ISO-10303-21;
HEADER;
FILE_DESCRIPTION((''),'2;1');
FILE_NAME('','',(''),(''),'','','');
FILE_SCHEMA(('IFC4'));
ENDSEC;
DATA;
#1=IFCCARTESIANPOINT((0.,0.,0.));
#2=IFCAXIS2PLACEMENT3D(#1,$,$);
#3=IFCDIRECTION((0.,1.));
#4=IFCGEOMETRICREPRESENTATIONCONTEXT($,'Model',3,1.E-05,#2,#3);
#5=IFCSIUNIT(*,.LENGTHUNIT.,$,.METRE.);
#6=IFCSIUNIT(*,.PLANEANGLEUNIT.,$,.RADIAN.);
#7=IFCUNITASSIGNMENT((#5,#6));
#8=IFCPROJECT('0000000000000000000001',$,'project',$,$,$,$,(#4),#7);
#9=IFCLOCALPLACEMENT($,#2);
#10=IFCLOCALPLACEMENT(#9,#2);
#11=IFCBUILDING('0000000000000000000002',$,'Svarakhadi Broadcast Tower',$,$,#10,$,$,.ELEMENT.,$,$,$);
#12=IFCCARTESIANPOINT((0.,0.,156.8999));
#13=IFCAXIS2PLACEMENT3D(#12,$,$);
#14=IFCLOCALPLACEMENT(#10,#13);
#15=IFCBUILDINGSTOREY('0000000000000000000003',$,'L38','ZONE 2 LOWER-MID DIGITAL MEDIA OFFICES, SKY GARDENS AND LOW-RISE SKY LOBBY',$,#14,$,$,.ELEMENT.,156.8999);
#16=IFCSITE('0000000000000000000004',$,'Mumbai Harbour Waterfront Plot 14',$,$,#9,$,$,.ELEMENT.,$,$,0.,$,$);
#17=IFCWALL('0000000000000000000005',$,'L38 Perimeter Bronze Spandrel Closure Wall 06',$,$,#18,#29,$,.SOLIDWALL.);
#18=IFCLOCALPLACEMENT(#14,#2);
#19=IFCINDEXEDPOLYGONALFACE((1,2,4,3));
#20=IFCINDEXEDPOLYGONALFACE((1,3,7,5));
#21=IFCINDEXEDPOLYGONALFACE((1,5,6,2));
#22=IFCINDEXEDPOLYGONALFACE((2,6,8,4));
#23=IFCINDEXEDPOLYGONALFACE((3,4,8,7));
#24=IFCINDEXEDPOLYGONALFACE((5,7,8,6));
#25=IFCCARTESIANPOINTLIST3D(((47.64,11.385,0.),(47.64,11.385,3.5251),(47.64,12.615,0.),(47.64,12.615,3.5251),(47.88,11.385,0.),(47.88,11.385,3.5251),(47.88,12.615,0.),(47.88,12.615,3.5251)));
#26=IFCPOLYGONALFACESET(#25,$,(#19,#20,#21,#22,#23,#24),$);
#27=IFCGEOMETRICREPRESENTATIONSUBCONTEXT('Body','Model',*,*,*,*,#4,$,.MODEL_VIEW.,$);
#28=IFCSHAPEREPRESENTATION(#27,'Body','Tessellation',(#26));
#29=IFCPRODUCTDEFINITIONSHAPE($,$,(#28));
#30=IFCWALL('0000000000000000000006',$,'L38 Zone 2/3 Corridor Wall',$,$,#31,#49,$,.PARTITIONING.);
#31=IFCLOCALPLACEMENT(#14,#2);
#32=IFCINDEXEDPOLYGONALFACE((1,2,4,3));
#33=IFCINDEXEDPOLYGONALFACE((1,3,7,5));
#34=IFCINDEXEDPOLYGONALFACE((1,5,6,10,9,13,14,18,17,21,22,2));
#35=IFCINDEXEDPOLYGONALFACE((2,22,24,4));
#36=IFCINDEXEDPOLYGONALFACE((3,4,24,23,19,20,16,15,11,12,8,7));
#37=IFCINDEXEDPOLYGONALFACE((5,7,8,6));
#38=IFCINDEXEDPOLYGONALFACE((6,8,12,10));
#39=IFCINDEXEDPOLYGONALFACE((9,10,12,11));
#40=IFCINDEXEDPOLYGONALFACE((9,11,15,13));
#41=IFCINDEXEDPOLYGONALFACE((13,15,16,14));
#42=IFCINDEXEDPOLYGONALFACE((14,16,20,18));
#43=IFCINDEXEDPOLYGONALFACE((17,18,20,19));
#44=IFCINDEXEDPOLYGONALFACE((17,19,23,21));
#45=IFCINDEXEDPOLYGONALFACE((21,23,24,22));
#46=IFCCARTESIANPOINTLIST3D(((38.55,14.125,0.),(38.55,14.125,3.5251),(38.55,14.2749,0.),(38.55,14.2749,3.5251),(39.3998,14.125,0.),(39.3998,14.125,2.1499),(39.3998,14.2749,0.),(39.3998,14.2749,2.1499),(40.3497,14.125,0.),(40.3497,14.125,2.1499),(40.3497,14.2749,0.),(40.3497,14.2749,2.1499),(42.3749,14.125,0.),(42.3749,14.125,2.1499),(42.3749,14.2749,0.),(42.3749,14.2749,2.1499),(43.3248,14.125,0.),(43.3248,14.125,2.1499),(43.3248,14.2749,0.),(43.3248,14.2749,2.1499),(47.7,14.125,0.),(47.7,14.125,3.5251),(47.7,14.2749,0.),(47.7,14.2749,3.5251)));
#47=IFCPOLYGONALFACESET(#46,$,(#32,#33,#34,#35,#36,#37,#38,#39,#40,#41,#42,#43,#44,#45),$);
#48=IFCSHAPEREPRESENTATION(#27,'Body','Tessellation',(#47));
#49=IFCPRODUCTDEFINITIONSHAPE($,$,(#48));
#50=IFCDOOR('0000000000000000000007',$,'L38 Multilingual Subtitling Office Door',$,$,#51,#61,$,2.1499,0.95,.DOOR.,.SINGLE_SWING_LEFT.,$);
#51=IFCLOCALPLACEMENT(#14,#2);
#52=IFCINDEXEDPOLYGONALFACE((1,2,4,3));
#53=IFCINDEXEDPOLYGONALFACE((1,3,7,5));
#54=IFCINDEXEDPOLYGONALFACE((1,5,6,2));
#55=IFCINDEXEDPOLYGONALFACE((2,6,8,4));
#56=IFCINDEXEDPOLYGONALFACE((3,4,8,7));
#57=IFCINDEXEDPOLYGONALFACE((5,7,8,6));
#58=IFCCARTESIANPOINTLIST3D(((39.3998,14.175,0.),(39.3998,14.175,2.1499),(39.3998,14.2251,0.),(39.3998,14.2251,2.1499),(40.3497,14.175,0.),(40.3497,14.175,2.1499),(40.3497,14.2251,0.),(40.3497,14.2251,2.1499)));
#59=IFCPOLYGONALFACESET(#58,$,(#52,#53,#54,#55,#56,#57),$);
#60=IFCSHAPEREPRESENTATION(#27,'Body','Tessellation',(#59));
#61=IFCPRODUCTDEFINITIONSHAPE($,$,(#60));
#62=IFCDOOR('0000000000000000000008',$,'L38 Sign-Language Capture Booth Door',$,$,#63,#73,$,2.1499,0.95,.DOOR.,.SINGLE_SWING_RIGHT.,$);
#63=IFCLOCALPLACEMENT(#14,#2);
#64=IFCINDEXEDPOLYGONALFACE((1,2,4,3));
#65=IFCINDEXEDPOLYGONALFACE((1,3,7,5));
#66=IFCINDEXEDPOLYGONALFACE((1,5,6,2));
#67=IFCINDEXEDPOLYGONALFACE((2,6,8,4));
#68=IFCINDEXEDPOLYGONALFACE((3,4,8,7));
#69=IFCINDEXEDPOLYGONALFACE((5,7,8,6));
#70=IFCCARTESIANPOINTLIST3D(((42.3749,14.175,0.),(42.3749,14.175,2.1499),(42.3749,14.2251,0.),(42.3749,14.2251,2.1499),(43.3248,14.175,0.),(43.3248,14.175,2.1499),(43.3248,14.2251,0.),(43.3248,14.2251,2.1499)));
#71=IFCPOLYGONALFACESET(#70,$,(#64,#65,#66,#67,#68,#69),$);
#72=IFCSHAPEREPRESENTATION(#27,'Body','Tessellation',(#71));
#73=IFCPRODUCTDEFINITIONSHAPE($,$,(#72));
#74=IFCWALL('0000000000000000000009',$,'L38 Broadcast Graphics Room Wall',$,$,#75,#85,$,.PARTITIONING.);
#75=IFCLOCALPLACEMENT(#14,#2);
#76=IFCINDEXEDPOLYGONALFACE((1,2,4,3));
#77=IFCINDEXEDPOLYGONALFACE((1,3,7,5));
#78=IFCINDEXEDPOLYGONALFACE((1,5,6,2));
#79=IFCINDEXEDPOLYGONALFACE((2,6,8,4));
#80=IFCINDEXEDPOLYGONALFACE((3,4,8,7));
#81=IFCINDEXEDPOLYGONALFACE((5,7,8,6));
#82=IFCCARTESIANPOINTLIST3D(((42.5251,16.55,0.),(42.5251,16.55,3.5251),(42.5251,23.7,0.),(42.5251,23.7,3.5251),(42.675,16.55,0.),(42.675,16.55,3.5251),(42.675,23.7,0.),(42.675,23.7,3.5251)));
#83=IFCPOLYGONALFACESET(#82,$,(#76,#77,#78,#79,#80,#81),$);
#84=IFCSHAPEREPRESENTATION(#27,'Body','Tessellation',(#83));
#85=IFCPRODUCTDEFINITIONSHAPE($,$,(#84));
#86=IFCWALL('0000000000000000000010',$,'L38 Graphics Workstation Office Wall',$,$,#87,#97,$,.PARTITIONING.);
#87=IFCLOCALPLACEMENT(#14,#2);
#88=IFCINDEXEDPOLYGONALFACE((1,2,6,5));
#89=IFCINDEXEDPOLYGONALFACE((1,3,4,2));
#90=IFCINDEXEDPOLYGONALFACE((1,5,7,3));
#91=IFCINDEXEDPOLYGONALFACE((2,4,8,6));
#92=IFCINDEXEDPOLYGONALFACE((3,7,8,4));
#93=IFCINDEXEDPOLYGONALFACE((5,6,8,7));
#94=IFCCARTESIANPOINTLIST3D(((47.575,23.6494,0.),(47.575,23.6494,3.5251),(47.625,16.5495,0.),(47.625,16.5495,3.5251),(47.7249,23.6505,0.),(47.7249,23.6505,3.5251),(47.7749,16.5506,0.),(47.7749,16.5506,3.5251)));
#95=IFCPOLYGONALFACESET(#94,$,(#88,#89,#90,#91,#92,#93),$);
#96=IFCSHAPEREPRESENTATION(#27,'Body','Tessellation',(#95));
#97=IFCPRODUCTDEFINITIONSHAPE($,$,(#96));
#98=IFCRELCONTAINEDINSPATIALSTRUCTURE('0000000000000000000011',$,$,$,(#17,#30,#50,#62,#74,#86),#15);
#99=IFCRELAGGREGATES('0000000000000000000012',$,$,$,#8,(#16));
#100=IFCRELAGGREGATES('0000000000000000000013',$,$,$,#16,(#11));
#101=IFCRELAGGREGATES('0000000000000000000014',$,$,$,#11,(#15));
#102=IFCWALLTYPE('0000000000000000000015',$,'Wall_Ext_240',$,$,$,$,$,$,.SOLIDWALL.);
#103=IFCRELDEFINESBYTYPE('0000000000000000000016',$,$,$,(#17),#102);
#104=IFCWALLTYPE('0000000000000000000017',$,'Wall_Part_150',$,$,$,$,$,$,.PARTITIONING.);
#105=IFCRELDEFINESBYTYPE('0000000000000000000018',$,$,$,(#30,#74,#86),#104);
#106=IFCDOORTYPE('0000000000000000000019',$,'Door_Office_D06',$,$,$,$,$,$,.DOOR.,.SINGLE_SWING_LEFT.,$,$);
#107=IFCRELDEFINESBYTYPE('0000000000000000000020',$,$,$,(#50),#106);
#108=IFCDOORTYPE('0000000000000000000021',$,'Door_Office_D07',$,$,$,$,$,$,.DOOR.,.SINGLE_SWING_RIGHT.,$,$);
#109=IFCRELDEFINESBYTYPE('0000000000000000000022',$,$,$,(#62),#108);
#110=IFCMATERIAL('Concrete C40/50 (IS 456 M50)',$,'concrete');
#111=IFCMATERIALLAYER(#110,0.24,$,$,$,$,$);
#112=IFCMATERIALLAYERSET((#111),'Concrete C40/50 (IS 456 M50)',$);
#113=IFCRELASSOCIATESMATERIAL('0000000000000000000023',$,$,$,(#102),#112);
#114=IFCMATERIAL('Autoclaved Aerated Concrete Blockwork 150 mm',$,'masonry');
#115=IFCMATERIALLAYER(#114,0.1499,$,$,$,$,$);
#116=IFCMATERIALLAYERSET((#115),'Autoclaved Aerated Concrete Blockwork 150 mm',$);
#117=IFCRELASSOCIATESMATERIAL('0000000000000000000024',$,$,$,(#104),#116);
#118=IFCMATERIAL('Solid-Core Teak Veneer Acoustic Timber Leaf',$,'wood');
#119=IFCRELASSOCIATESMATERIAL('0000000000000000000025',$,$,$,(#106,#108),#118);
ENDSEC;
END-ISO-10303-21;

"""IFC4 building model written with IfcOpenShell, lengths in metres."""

from ifc_helpers import new_model, si_unit, direction, frame, frame_2d, origin, place, context, subcontext, project, spatial, rectangle, extrude, material, layer, layer_set, type_object, element, fill, save


model = new_model("IFC4")

# Units and contexts
model_context = context("Model", 3, precision=1e-05, world=origin(), true_north=direction((0.0, 1.0)))
body_context = subcontext(model_context, "Body", "Model", "MODEL_VIEW")
ifc_project = project(units=[si_unit("LENGTHUNIT", "METRE"), si_unit("PLANEANGLEUNIT", "RADIAN")], contexts=[model_context])

# Site, building, storey
site_placement = place(None, origin())
site = spatial("IfcSite", under=ifc_project, at=site_placement, Name="Mumbai Harbour Waterfront Plot 14", CompositionType="ELEMENT", RefElevation=0.0)
building_placement = place(site_placement, origin())
building = spatial("IfcBuilding", under=site, at=building_placement, Name="Svarakhadi Broadcast Tower", CompositionType="ELEMENT")
storey_placement = place(building_placement, frame((0.0, 0.0, 156.8999)))
storey = spatial("IfcBuildingStorey", under=building, at=storey_placement, Name="L38", Description="ZONE 2 LOWER-MID DIGITAL MEDIA OFFICES, SKY GARDENS AND LOW-RISE SKY LOBBY", CompositionType="ELEMENT", Elevation=156.8999)

# Wall
ifc_material_1 = material(Name="Concrete C40/50 (IS 456 M50)", Category="concrete")
ifc_layer_1 = layer(ifc_material_1, 0.24)
ifc_layer_set_1 = layer_set([ifc_layer_1], Name="Concrete C40/50 (IS 456 M50)")
wall_type_1 = type_object("IfcWallType", Name="Wall_Ext_240", PredefinedType="SOLIDWALL", material=ifc_layer_set_1)
wall_1_placement = place(storey_placement, frame((47.76, 12.615, 0.0), z_axis=(0.0, 0.0, 1.0), x_axis=(0.0, -1.0, 0.0)))
element("IfcWall", 1, at=wall_1_placement, inside=storey, type_object=wall_type_1, Name="L38 Perimeter Bronze Spandrel Closure Wall 06", PredefinedType="SOLIDWALL", context=body_context, shape_type="SweptSolid", body=[
    extrude(rectangle(XDim=1.23, YDim=0.24, at=frame_2d((0.615, 0.0))), origin(), (0.0, 0.0, 1.0), 3.5251),
])

# Wall, openings, doors
ifc_material_2 = material(Name="Autoclaved Aerated Concrete Blockwork 150 mm", Category="masonry")
ifc_layer_2 = layer(ifc_material_2, 0.1499)
ifc_layer_set_2 = layer_set([ifc_layer_2], Name="Autoclaved Aerated Concrete Blockwork 150 mm")
wall_type_2 = type_object("IfcWallType", Name="Wall_Part_150", PredefinedType="PARTITIONING", material=ifc_layer_set_2)
wall_2_placement = place(storey_placement, frame((47.7, 14.2, 0.0), z_axis=(0.0, 0.0, 1.0), x_axis=(-1.0, 0.0, 0.0)))
wall_2 = element("IfcWall", 2, at=wall_2_placement, inside=storey, type_object=wall_type_2, Name="L38 Zone 2/3 Corridor Wall", PredefinedType="PARTITIONING", context=body_context, shape_type="SweptSolid", body=[
    extrude(rectangle(XDim=9.1499, YDim=0.1499, at=frame_2d((4.575, 0.0))), origin(), (0.0, 0.0, 1.0), 3.5251),
])
opening_1_placement = place(wall_2_placement, frame((7.3501, 0.0, 0.0)))
opening_1 = element("IfcOpeningElement", 3, at=opening_1_placement, cuts=wall_2, PredefinedType="OPENING", context=body_context, shape_type="SweptSolid", body=[
    extrude(rectangle(XDim=0.95, YDim=2.1499, at=frame_2d((0.4751, 1.075))), frame((0.0, 0.085, 0.0), z_axis=(0.0, -1.0, 0.0), x_axis=(1.0, 0.0, 0.0)), (0.0, 0.0, 1.0), 0.1699),
])
opening_2_placement = place(wall_2_placement, frame((4.375, 0.0, 0.0)))
opening_2 = element("IfcOpeningElement", 4, at=opening_2_placement, cuts=wall_2, PredefinedType="OPENING", context=body_context, shape_type="SweptSolid", body=[
    extrude(rectangle(XDim=0.95, YDim=2.1499, at=frame_2d((0.4751, 1.075))), frame((0.0, 0.085, 0.0), z_axis=(0.0, -1.0, 0.0), x_axis=(1.0, 0.0, 0.0)), (0.0, 0.0, 1.0), 0.1699),
])
ifc_material_3 = material(Name="Solid-Core Teak Veneer Acoustic Timber Leaf", Category="wood")
door_type_1 = type_object("IfcDoorType", Name="Door_Office_D06", OperationType="SINGLE_SWING_LEFT", PredefinedType="DOOR", material=ifc_material_3)
door_1_placement = place(opening_1_placement, origin())
door_1 = element("IfcDoor", 5, at=door_1_placement, inside=storey, type_object=door_type_1, Name="L38 Multilingual Subtitling Office Door", OperationType="SINGLE_SWING_LEFT", OverallHeight=2.1499, OverallWidth=0.95, PredefinedType="DOOR", context=body_context, shape_type="SweptSolid", body=[
    extrude(rectangle(XDim=0.95, YDim=2.1499, at=frame_2d((0.4751, 1.075))), frame((0.0, 0.0249, 0.0), z_axis=(0.0, -1.0, 0.0), x_axis=(1.0, 0.0, 0.0)), (0.0, 0.0, 1.0), 0.05),
])
fill(opening_1, door_1)
door_type_2 = type_object("IfcDoorType", Name="Door_Office_D07", OperationType="SINGLE_SWING_RIGHT", PredefinedType="DOOR", material=ifc_material_3)
door_2_placement = place(opening_2_placement, origin())
door_2 = element("IfcDoor", 6, at=door_2_placement, inside=storey, type_object=door_type_2, Name="L38 Sign-Language Capture Booth Door", OperationType="SINGLE_SWING_RIGHT", OverallHeight=2.1499, OverallWidth=0.95, PredefinedType="DOOR", context=body_context, shape_type="SweptSolid", body=[
    extrude(rectangle(XDim=0.95, YDim=2.1499, at=frame_2d((0.4751, 1.075))), frame((0.0, 0.0249, 0.0), z_axis=(0.0, -1.0, 0.0), x_axis=(1.0, 0.0, 0.0)), (0.0, 0.0, 1.0), 0.05),
])
fill(opening_2, door_2)

# Walls
wall_3_placement = place(storey_placement, frame((42.6001, 16.55, 0.0), z_axis=(0.0, 0.0, 1.0), x_axis=(0.0, 1.0, 0.0)))
element("IfcWall", 7, at=wall_3_placement, inside=storey, type_object=wall_type_2, Name="L38 Broadcast Graphics Room Wall", PredefinedType="PARTITIONING", context=body_context, shape_type="SweptSolid", body=[
    extrude(rectangle(XDim=7.1499, YDim=0.1499, at=frame_2d((3.575, 0.0))), origin(), (0.0, 0.0, 1.0), 3.5251),
])
wall_4_placement = place(storey_placement, frame((47.7, 16.55, 0.0), z_axis=(0.0, 0.0, 1.0), x_axis=(-0.007049, 0.999975, 0.0)))
element("IfcWall", 8, at=wall_4_placement, inside=storey, type_object=wall_type_2, Name="L38 Graphics Workstation Office Wall", PredefinedType="PARTITIONING", context=body_context, shape_type="SweptSolid", body=[
    extrude(rectangle(XDim=7.1001, YDim=0.1499, at=frame_2d((3.55, 0.0))), origin(), (0.0, 0.0, 1.0), 3.5251),
])

save(model, "model.ifc")
